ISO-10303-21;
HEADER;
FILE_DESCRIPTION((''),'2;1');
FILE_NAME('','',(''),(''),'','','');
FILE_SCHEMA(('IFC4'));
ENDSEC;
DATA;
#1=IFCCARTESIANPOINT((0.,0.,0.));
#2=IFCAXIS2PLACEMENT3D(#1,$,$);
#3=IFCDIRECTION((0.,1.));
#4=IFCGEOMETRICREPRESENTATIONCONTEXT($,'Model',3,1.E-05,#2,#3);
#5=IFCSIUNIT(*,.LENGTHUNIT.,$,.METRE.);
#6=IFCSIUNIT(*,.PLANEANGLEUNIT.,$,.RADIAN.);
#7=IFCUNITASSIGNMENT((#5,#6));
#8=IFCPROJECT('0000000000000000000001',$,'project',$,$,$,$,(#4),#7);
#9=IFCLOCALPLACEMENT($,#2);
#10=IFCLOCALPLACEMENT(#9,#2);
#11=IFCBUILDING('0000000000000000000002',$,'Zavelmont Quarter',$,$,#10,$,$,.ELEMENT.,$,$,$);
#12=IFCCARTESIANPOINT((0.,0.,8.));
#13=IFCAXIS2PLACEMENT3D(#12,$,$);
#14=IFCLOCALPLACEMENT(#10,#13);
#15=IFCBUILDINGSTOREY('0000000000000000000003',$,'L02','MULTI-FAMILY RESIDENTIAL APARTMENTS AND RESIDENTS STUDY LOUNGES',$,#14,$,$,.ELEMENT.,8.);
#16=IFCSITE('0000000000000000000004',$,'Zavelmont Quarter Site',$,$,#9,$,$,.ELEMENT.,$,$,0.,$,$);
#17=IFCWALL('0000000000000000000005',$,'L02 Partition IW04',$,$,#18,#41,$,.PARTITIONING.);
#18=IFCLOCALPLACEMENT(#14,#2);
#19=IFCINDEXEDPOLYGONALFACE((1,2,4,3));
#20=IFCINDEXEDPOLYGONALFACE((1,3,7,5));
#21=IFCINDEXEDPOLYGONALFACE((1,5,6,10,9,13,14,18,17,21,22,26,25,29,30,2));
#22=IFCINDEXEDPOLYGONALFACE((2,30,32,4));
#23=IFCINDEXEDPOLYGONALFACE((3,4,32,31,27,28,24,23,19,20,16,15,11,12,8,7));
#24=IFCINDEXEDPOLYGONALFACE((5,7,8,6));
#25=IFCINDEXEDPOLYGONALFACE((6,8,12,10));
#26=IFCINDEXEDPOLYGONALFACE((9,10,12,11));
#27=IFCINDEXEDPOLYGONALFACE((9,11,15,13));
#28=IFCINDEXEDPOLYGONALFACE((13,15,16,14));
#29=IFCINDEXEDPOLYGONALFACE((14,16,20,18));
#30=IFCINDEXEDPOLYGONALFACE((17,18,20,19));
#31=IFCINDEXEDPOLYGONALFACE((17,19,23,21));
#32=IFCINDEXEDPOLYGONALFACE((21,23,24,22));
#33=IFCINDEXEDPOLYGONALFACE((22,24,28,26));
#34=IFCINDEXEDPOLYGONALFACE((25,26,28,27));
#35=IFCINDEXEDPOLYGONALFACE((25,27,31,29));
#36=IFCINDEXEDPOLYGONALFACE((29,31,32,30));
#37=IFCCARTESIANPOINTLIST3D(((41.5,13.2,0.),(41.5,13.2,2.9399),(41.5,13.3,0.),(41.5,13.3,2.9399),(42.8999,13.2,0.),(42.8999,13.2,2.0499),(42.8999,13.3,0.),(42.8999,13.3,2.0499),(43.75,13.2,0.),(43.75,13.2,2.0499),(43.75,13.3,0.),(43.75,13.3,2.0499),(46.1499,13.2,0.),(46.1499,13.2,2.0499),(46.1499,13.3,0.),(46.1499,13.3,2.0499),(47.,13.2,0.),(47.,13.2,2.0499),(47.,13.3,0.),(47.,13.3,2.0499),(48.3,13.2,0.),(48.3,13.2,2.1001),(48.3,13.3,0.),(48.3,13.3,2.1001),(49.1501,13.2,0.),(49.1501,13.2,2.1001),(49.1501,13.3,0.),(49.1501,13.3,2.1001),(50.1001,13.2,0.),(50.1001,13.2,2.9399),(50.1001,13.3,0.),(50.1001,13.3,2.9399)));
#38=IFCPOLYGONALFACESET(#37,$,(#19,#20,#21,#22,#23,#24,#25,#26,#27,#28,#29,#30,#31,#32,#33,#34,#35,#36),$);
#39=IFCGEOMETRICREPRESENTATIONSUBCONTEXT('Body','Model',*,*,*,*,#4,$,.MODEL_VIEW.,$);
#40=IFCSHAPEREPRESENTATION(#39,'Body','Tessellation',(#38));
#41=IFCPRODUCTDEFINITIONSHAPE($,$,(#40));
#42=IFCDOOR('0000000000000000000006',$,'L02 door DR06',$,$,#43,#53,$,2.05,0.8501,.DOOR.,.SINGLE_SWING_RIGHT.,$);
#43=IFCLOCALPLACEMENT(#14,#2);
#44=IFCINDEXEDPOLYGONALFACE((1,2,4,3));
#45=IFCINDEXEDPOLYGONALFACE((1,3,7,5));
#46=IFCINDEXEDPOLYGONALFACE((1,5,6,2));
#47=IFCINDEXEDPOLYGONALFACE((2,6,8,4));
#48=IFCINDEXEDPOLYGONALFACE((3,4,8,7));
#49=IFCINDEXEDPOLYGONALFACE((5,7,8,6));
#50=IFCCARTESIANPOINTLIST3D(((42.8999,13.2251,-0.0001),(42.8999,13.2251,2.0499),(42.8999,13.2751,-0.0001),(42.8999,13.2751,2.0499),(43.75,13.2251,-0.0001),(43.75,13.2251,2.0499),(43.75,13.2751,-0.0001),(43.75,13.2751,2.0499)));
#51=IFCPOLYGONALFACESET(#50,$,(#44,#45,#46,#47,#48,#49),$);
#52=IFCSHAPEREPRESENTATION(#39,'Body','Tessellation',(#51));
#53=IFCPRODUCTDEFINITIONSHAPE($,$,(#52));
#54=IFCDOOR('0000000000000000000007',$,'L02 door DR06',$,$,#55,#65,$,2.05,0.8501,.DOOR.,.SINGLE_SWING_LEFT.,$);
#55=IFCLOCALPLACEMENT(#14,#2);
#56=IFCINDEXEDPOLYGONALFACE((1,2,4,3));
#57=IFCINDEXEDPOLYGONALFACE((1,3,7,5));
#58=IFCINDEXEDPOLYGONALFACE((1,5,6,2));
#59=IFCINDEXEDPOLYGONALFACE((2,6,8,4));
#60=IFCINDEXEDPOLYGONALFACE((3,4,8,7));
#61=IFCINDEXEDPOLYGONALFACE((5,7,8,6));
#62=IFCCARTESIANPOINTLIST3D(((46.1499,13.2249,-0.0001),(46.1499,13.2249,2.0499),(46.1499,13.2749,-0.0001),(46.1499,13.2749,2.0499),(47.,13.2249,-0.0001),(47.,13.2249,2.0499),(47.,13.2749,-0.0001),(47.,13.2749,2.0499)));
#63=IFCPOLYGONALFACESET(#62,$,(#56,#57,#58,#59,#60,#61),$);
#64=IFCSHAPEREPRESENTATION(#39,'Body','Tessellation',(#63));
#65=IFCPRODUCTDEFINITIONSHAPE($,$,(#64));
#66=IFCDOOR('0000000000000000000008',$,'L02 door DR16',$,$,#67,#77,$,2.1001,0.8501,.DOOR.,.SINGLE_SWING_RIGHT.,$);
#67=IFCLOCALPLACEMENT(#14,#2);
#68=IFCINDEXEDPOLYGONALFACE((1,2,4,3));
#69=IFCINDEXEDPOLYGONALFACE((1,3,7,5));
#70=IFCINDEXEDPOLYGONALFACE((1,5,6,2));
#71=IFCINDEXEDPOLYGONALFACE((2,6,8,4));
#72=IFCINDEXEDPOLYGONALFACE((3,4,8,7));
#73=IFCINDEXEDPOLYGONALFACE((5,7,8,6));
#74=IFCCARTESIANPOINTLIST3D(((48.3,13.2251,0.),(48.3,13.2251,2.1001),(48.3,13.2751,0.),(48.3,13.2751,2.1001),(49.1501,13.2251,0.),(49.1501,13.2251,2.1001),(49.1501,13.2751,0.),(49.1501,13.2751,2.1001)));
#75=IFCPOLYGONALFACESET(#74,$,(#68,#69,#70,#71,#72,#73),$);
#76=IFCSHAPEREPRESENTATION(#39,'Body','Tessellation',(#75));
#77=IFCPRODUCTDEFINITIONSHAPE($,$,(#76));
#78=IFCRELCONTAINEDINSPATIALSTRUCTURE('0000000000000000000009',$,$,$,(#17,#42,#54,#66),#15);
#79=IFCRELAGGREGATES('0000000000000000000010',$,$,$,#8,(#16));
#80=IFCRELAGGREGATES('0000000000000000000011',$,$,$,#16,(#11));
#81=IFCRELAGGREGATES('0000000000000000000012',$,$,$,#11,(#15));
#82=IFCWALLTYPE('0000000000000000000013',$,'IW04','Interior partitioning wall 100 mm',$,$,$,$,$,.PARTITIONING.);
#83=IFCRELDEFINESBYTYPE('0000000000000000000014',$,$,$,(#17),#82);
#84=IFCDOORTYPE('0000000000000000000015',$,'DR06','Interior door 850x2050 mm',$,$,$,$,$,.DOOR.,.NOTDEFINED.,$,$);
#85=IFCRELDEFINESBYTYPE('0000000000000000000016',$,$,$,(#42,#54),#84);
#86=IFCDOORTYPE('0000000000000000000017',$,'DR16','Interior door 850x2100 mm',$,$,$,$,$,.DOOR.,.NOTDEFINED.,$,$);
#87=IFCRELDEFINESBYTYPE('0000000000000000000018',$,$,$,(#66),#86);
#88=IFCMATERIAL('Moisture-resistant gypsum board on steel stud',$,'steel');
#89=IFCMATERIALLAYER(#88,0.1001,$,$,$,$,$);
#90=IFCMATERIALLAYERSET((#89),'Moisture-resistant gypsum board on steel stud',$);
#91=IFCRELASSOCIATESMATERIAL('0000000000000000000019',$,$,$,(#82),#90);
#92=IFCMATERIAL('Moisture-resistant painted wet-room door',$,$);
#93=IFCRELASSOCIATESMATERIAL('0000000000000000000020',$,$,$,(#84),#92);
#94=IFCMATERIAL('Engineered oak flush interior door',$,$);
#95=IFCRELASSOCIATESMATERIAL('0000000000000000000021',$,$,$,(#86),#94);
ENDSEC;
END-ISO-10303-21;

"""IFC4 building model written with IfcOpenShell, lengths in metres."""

from ifc_helpers import new_model, si_unit, direction, frame, frame_2d, origin, origin_with_axes, place, context, subcontext, project, spatial, rectangle, extrude, material, layer, layer_set, type_object, element, fill, save


model = new_model("IFC4")

# Units and contexts
model_context = context("Model", 3, precision=1e-05, world=origin(), true_north=direction((0.0, 1.0)))
body_context = subcontext(model_context, "Body", "Model", "MODEL_VIEW")
ifc_project = project(units=[si_unit("LENGTHUNIT", "METRE"), si_unit("PLANEANGLEUNIT", "RADIAN")], contexts=[model_context])

# Site, building, storey
site_placement = place(None, origin())
site = spatial("IfcSite", under=ifc_project, at=site_placement, Name="Zavelmont Quarter Site", CompositionType="ELEMENT", RefElevation=0.0)
building_placement = place(site_placement, origin())
building = spatial("IfcBuilding", under=site, at=building_placement, Name="Zavelmont Quarter", CompositionType="ELEMENT")
storey_placement = place(building_placement, frame((0.0, 0.0, 8.0)))
storey = spatial("IfcBuildingStorey", under=building, at=storey_placement, Name="L02", Description="MULTI-FAMILY RESIDENTIAL APARTMENTS AND RESIDENTS STUDY LOUNGES", CompositionType="ELEMENT", Elevation=8.0)

# Shared definitions
ifc_material_1 = material(Name="Engineered oak flush interior door")

# Shared definitions
ifc_material_2 = material(Name="Moisture-resistant gypsum board on steel stud", Category="steel")
ifc_layer_1 = layer(ifc_material_2, 0.1001)
ifc_layer_set_1 = layer_set([ifc_layer_1], Name="Moisture-resistant gypsum board on steel stud")
wall_type_1 = type_object("IfcWallType", Name="IW04", Description="Interior partitioning wall 100 mm", PredefinedType="PARTITIONING", material=ifc_layer_set_1)

# Wall, openings, doors
wall_1_placement = place(storey_placement, frame((41.5, 13.25, 0.0), z_axis=(0.0, 0.0, 1.0), x_axis=(1.0, 0.0, 0.0)))
wall_1 = element("IfcWall", 1, at=wall_1_placement, inside=storey, type_object=wall_type_1, Name="L02 Partition IW04", PredefinedType="PARTITIONING", context=body_context, shape_type="SweptSolid", body=[
    extrude(rectangle(XDim=8.6001, YDim=0.1001, at=frame_2d((4.3, 0.0))), origin(), (0.0, 0.0, 1.0), 2.9399),
])
opening_1_placement = place(wall_1_placement, frame((1.3999, 0.0, 0.0)))
opening_1 = element("IfcOpeningElement", 2, at=opening_1_placement, cuts=wall_1, PredefinedType="OPENING", context=body_context, shape_type="SweptSolid", body=[
    extrude(rectangle(XDim=0.8501, YDim=2.05, at=frame_2d((0.425, 1.0249))), frame((0.0, 0.062, 0.0), z_axis=(0.0, -1.0, 0.0), x_axis=(1.0, 0.0, 0.0)), (0.0, 0.0, 1.0), 0.124),
])
opening_2_placement = place(wall_1_placement, frame((4.6499, 0.0, 0.0)))
opening_2 = element("IfcOpeningElement", 3, at=opening_2_placement, cuts=wall_1, PredefinedType="OPENING", context=body_context, shape_type="SweptSolid", body=[
    extrude(rectangle(XDim=0.8501, YDim=2.05, at=frame_2d((0.425, 1.0249))), frame((0.0, 0.062, 0.0), z_axis=(0.0, -1.0, 0.0), x_axis=(1.0, 0.0, 0.0)), (0.0, 0.0, 1.0), 0.124),
])
opening_3_placement = place(wall_1_placement, frame((6.8, 0.0, 0.0)))
opening_3 = element("IfcOpeningElement", 4, at=opening_3_placement, cuts=wall_1, PredefinedType="OPENING", context=body_context, shape_type="SweptSolid", body=[
    extrude(rectangle(XDim=0.8501, YDim=2.1001, at=frame_2d((0.425, 1.05))), frame((0.0, 0.062, 0.0), z_axis=(0.0, -1.0, 0.0), x_axis=(1.0, 0.0, 0.0)), (0.0, 0.0, 1.0), 0.124),
])
ifc_material_3 = material(Name="Moisture-resistant painted wet-room door")
door_type_1 = type_object("IfcDoorType", Name="DR06", Description="Interior door 850x2050 mm", OperationType="NOTDEFINED", PredefinedType="DOOR", material=ifc_material_3)
door_1_placement = place(opening_1_placement, frame((0.8501, 0.0, 0.0), z_axis=(0.0, 0.0, 1.0), x_axis=(-1.0, 0.0, 0.0)))
door_1 = element("IfcDoor", 5, at=door_1_placement, inside=storey, type_object=door_type_1, Name="L02 door DR06", OperationType="SINGLE_SWING_RIGHT", OverallHeight=2.05, OverallWidth=0.8501, PredefinedType="DOOR", context=body_context, shape_type="SweptSolid", body=[
    extrude(rectangle(XDim=0.8501, YDim=2.05, at=frame_2d((0.425, 1.0249))), frame((0.0, 0.0249, 0.0), z_axis=(0.0, -1.0, 0.0), x_axis=(1.0, 0.0, 0.0)), (0.0, 0.0, 1.0), 0.05),
])
fill(opening_1, door_1)
door_2_placement = place(opening_2_placement, origin_with_axes())
door_2 = element("IfcDoor", 6, at=door_2_placement, inside=storey, type_object=door_type_1, Name="L02 door DR06", OperationType="SINGLE_SWING_LEFT", OverallHeight=2.05, OverallWidth=0.8501, PredefinedType="DOOR", context=body_context, shape_type="SweptSolid", body=[
    extrude(rectangle(XDim=0.8501, YDim=2.05, at=frame_2d((0.425, 1.0249))), frame((0.0, 0.0249, 0.0), z_axis=(0.0, -1.0, 0.0), x_axis=(1.0, 0.0, 0.0)), (0.0, 0.0, 1.0), 0.05),
])
fill(opening_2, door_2)
door_type_2 = type_object("IfcDoorType", Name="DR16", Description="Interior door 850x2100 mm", OperationType="NOTDEFINED", PredefinedType="DOOR", material=ifc_material_1)
door_3_placement = place(opening_3_placement, frame((0.8501, 0.0, 0.0), z_axis=(0.0, 0.0, 1.0), x_axis=(-1.0, 0.0, 0.0)))
door_3 = element("IfcDoor", 7, at=door_3_placement, inside=storey, type_object=door_type_2, Name="L02 door DR16", OperationType="SINGLE_SWING_RIGHT", OverallHeight=2.1001, OverallWidth=0.8501, PredefinedType="DOOR", context=body_context, shape_type="SweptSolid", body=[
    extrude(rectangle(XDim=0.8501, YDim=2.1001, at=frame_2d((0.425, 1.05))), frame((0.0, 0.0249, 0.0), z_axis=(0.0, -1.0, 0.0), x_axis=(1.0, 0.0, 0.0)), (0.0, 0.0, 1.0), 0.05),
])
fill(opening_3, door_3)

save(model, "model.ifc")
